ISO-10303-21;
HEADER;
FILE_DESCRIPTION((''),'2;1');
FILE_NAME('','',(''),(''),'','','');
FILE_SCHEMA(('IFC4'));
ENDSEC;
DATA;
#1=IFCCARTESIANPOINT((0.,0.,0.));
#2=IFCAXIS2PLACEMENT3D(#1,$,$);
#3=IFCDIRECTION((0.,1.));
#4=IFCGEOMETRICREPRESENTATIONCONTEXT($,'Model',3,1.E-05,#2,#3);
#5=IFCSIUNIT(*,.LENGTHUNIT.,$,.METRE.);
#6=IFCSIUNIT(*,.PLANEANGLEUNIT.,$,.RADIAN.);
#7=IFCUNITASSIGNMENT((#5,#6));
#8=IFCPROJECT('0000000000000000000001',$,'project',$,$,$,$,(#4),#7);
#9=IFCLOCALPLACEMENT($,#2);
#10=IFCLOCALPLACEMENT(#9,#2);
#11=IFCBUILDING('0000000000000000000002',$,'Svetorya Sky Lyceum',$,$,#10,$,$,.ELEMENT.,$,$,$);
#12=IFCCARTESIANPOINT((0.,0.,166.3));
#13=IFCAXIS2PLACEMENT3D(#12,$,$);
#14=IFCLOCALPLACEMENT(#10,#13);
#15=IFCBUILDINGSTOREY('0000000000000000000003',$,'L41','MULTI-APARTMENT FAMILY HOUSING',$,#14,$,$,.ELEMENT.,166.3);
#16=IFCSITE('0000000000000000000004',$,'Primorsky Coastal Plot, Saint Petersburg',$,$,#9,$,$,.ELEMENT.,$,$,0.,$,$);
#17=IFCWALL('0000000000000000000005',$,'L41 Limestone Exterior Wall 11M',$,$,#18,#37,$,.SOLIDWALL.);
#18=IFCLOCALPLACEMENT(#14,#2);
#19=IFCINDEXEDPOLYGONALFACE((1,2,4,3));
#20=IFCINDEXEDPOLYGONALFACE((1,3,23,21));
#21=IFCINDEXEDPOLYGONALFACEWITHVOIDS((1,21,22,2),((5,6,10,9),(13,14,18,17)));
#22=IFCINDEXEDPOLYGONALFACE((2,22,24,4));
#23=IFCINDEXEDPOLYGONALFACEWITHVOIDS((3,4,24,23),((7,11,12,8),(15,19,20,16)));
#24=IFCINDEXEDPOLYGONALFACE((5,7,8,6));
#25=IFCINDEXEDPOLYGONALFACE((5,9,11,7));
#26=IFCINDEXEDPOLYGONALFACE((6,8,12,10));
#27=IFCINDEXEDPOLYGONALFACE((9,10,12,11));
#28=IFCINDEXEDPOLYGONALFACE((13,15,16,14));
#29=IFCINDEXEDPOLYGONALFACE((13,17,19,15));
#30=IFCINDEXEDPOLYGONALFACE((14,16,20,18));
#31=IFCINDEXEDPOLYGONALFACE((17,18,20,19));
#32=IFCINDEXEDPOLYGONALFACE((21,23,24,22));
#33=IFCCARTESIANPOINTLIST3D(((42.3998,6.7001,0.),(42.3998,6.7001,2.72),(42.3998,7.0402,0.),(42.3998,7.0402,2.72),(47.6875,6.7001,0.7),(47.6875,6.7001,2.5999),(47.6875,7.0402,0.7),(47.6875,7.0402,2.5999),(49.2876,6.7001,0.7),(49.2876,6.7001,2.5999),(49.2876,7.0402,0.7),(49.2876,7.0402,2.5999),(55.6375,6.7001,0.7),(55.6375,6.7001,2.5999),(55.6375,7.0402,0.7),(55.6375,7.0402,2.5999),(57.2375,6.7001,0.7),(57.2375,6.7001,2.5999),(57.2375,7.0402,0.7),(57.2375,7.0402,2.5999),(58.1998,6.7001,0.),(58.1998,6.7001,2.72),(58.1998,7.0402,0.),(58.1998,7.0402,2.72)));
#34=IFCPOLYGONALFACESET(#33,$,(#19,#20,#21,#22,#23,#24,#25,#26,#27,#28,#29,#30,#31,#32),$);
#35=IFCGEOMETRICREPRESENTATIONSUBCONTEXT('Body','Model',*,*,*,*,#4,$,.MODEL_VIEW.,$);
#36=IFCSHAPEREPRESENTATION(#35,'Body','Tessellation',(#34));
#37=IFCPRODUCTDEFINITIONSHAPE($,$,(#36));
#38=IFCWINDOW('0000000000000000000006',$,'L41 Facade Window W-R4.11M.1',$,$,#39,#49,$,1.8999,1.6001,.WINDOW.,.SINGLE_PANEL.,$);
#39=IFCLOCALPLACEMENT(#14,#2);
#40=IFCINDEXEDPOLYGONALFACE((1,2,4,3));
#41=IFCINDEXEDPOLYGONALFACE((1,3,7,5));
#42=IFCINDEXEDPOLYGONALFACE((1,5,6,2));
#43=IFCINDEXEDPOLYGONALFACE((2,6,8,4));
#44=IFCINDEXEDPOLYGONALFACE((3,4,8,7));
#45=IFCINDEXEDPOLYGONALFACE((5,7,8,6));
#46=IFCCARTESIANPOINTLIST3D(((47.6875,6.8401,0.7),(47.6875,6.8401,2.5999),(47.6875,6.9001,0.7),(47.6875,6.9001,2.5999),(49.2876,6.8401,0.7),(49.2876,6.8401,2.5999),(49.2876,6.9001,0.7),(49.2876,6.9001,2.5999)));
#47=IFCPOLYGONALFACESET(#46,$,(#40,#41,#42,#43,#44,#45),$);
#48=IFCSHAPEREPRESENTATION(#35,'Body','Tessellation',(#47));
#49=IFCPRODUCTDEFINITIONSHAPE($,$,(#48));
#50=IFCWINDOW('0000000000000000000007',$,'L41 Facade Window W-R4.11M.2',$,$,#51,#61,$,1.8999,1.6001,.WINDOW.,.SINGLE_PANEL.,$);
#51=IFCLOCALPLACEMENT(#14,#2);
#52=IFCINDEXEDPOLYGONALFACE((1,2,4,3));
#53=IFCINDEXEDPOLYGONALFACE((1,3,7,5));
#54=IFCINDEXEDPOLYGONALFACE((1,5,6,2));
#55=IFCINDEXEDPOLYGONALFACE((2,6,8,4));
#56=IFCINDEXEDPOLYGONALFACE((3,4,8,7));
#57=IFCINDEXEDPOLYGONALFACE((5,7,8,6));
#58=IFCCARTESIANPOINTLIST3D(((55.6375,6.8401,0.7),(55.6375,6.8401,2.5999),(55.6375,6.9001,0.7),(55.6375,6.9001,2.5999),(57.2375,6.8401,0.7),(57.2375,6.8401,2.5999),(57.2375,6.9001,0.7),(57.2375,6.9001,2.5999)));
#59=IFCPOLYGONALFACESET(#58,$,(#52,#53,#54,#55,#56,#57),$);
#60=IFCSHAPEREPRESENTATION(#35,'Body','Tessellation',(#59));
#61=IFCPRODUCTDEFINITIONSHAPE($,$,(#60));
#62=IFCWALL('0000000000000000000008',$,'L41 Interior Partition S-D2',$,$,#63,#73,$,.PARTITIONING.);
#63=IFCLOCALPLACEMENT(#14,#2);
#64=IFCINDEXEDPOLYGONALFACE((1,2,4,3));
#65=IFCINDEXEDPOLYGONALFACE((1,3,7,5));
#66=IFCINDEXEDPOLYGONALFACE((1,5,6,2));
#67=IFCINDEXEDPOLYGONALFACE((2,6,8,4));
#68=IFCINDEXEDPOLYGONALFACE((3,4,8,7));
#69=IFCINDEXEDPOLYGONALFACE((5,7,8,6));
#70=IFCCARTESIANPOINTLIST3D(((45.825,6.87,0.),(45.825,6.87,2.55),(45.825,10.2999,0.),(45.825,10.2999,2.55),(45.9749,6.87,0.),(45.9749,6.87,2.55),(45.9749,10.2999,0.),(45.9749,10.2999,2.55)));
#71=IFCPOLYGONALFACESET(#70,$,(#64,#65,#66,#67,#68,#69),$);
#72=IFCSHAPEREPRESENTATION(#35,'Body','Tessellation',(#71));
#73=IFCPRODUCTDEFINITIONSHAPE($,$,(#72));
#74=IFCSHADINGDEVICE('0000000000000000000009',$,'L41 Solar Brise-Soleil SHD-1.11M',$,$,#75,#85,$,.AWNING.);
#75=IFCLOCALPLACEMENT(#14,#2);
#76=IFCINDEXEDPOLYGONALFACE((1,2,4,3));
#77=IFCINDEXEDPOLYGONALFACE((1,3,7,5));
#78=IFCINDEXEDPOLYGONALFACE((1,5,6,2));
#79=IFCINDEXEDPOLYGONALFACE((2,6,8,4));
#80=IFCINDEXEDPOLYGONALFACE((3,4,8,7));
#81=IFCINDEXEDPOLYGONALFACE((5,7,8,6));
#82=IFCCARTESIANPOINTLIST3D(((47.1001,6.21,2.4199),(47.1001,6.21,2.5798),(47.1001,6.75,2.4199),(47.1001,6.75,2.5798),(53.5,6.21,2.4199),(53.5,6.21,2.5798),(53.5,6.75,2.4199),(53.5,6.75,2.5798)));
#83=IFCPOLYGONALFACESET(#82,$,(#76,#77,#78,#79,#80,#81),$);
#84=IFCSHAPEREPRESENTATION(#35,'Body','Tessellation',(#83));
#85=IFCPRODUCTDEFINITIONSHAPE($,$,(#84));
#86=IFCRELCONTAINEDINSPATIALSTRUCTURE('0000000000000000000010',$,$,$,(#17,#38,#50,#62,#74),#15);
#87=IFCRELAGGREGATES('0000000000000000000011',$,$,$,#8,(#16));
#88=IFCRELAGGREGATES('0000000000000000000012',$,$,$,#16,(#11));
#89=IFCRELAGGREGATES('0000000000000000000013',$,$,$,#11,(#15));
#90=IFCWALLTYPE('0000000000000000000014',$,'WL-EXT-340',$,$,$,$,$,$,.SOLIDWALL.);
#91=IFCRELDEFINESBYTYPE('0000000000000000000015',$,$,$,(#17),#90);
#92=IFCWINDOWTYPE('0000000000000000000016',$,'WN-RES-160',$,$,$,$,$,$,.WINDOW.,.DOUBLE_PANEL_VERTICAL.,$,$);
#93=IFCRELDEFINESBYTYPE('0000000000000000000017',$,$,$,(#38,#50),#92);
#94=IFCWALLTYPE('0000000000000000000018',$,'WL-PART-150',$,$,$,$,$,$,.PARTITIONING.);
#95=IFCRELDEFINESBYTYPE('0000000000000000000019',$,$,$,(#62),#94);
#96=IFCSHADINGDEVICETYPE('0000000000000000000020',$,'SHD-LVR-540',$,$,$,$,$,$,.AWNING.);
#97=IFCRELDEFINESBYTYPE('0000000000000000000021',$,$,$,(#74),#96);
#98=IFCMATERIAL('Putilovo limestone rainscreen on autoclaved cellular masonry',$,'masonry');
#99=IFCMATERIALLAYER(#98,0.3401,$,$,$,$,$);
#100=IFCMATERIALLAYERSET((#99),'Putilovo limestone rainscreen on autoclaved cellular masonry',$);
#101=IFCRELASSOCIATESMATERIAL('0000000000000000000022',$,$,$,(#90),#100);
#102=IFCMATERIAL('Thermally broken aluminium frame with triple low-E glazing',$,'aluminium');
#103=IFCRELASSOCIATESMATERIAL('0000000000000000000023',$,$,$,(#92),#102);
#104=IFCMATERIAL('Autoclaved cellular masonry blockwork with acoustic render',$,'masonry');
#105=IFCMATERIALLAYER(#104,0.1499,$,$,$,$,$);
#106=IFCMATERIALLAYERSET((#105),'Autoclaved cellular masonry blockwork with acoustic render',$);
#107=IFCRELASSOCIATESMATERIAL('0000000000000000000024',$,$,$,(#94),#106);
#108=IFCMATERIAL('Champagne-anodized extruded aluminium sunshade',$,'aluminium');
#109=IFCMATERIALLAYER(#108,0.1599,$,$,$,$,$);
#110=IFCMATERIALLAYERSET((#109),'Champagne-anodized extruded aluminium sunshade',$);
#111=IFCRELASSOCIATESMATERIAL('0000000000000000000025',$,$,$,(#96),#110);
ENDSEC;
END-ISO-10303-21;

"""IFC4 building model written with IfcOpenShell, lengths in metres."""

from ifc_helpers import new_model, si_unit, direction, frame, frame_2d, origin, origin_2d, place, context, subcontext, project, spatial, rectangle, extrude, material, layer, layer_set, type_object, element, fill, save


model = new_model("IFC4")

# Units and contexts
model_context = context("Model", 3, precision=1e-05, world=origin(), true_north=direction((0.0, 1.0)))
body_context = subcontext(model_context, "Body", "Model", "MODEL_VIEW")
ifc_project = project(units=[si_unit("LENGTHUNIT", "METRE"), si_unit("PLANEANGLEUNIT", "RADIAN")], contexts=[model_context])

# Site, building, storey
site_placement = place(None, origin())
site = spatial("IfcSite", under=ifc_project, at=site_placement, Name="Primorsky Coastal Plot, Saint Petersburg", CompositionType="ELEMENT", RefElevation=0.0)
building_placement = place(site_placement, origin())
building = spatial("IfcBuilding", under=site, at=building_placement, Name="Svetorya Sky Lyceum", CompositionType="ELEMENT")
storey_placement = place(building_placement, frame((0.0, 0.0, 166.3)))
storey = spatial("IfcBuildingStorey", under=building, at=storey_placement, Name="L41", Description="MULTI-APARTMENT FAMILY HOUSING", CompositionType="ELEMENT", Elevation=166.3)

# Shared definitions
ifc_material_1 = material(Name="Putilovo limestone rainscreen on autoclaved cellular masonry", Category="masonry")
ifc_layer_1 = layer(ifc_material_1, 0.3401)
ifc_layer_set_1 = layer_set([ifc_layer_1], Name="Putilovo limestone rainscreen on autoclaved cellular masonry")
wall_type_1 = type_object("IfcWallType", Name="WL-EXT-340", PredefinedType="SOLIDWALL", material=ifc_layer_set_1)

# Wall, openings, windows
wall_1_placement = place(storey_placement, frame((42.3999, 6.8701, 0.0), z_axis=(0.0, 0.0, 1.0), x_axis=(1.0, 0.0, 0.0)))
wall_1 = element("IfcWall", 1, at=wall_1_placement, inside=storey, type_object=wall_type_1, Name="L41 Limestone Exterior Wall 11M", PredefinedType="SOLIDWALL", context=body_context, shape_type="SweptSolid", body=[
    extrude(rectangle(XDim=15.8, YDim=0.3401, at=frame_2d((7.8999, 0.0))), origin(), (0.0, 0.0, 1.0), 2.72),
])
opening_1_placement = place(wall_1_placement, frame((5.2876, 0.0, 0.7)))
opening_1 = element("IfcOpeningElement", 2, at=opening_1_placement, cuts=wall_1, PredefinedType="OPENING", context=body_context, shape_type="SweptSolid", body=[
    extrude(rectangle(XDim=1.6001, YDim=1.8999, at=frame_2d((0.8, 0.95))), frame((0.0, 0.1799, 0.0), z_axis=(0.0, -1.0, 0.0), x_axis=(1.0, 0.0, 0.0)), (0.0, 0.0, 1.0), 0.3601),
])
opening_2_placement = place(wall_1_placement, frame((13.2375, 0.0, 0.7)))
opening_2 = element("IfcOpeningElement", 3, at=opening_2_placement, cuts=wall_1, PredefinedType="OPENING", context=body_context, shape_type="SweptSolid", body=[
    extrude(rectangle(XDim=1.6001, YDim=1.8999, at=frame_2d((0.8, 0.95))), frame((0.0, 0.1799, 0.0), z_axis=(0.0, -1.0, 0.0), x_axis=(1.0, 0.0, 0.0)), (0.0, 0.0, 1.0), 0.3601),
])
ifc_material_2 = material(Name="Thermally broken aluminium frame with triple low-E glazing", Category="aluminium")
window_type = type_object("IfcWindowType", Name="WN-RES-160", PartitioningType="DOUBLE_PANEL_VERTICAL", PredefinedType="WINDOW", material=ifc_material_2)
window_1_placement = place(opening_1_placement, origin())
window_1 = element("IfcWindow", 4, at=window_1_placement, inside=storey, type_object=window_type, Name="L41 Facade Window W-R4.11M.1", OverallHeight=1.8999, OverallWidth=1.6001, PartitioningType="SINGLE_PANEL", PredefinedType="WINDOW", context=body_context, shape_type="SweptSolid", body=[
    extrude(rectangle(XDim=1.6001, YDim=1.8999, at=frame_2d((0.8, 0.95))), frame((0.0, 0.03, 0.0), z_axis=(0.0, -1.0, 0.0), x_axis=(1.0, 0.0, 0.0)), (0.0, 0.0, 1.0), 0.0601),
])
fill(opening_1, window_1)
window_2_placement = place(opening_2_placement, origin())
window_2 = element("IfcWindow", 5, at=window_2_placement, inside=storey, type_object=window_type, Name="L41 Facade Window W-R4.11M.2", OverallHeight=1.8999, OverallWidth=1.6001, PartitioningType="SINGLE_PANEL", PredefinedType="WINDOW", context=body_context, shape_type="SweptSolid", body=[
    extrude(rectangle(XDim=1.6001, YDim=1.8999, at=frame_2d((0.8, 0.95))), frame((0.0, 0.03, 0.0), z_axis=(0.0, -1.0, 0.0), x_axis=(1.0, 0.0, 0.0)), (0.0, 0.0, 1.0), 0.0601),
])
fill(opening_2, window_2)

# Wall
ifc_material_3 = material(Name="Autoclaved cellular masonry blockwork with acoustic render", Category="masonry")
ifc_layer_2 = layer(ifc_material_3, 0.1499)
ifc_layer_set_2 = layer_set([ifc_layer_2], Name="Autoclaved cellular masonry blockwork with acoustic render")
wall_type_2 = type_object("IfcWallType", Name="WL-PART-150", PredefinedType="PARTITIONING", material=ifc_layer_set_2)
wall_2_placement = place(storey_placement, frame((45.8999, 6.8701, 0.0), z_axis=(0.0, 0.0, 1.0), x_axis=(0.0, 1.0, 0.0)))
element("IfcWall", 6, at=wall_2_placement, inside=storey, type_object=wall_type_2, Name="L41 Interior Partition S-D2", PredefinedType="PARTITIONING", context=body_context, shape_type="SweptSolid", body=[
    extrude(rectangle(XDim=3.4299, YDim=0.1499, at=frame_2d((1.7148, 0.0))), origin(), (0.0, 0.0, 1.0), 2.55),
])

# Shading device
ifc_material_4 = material(Name="Champagne-anodized extruded aluminium sunshade", Category="aluminium")
ifc_layer_3 = layer(ifc_material_4, 0.1599)
ifc_layer_set_3 = layer_set([ifc_layer_3], Name="Champagne-anodized extruded aluminium sunshade")
shading_device_type = type_object("IfcShadingDeviceType", Name="SHD-LVR-540", PredefinedType="AWNING", material=ifc_layer_set_3)
shading_device_placement = place(storey_placement, frame((50.3, 6.48, 2.4199), z_axis=(0.0, 0.0, 1.0), x_axis=(1.0, 0.0, 0.0)))
element("IfcShadingDevice", 7, at=shading_device_placement, inside=storey, type_object=shading_device_type, Name="L41 Solar Brise-Soleil SHD-1.11M", PredefinedType="AWNING", context=body_context, shape_type="SweptSolid", body=[
    extrude(rectangle(XDim=6.3999, YDim=0.54, at=origin_2d()), origin(), (0.0, 0.0, 1.0), 0.1599),
])

save(model, "model.ifc")
